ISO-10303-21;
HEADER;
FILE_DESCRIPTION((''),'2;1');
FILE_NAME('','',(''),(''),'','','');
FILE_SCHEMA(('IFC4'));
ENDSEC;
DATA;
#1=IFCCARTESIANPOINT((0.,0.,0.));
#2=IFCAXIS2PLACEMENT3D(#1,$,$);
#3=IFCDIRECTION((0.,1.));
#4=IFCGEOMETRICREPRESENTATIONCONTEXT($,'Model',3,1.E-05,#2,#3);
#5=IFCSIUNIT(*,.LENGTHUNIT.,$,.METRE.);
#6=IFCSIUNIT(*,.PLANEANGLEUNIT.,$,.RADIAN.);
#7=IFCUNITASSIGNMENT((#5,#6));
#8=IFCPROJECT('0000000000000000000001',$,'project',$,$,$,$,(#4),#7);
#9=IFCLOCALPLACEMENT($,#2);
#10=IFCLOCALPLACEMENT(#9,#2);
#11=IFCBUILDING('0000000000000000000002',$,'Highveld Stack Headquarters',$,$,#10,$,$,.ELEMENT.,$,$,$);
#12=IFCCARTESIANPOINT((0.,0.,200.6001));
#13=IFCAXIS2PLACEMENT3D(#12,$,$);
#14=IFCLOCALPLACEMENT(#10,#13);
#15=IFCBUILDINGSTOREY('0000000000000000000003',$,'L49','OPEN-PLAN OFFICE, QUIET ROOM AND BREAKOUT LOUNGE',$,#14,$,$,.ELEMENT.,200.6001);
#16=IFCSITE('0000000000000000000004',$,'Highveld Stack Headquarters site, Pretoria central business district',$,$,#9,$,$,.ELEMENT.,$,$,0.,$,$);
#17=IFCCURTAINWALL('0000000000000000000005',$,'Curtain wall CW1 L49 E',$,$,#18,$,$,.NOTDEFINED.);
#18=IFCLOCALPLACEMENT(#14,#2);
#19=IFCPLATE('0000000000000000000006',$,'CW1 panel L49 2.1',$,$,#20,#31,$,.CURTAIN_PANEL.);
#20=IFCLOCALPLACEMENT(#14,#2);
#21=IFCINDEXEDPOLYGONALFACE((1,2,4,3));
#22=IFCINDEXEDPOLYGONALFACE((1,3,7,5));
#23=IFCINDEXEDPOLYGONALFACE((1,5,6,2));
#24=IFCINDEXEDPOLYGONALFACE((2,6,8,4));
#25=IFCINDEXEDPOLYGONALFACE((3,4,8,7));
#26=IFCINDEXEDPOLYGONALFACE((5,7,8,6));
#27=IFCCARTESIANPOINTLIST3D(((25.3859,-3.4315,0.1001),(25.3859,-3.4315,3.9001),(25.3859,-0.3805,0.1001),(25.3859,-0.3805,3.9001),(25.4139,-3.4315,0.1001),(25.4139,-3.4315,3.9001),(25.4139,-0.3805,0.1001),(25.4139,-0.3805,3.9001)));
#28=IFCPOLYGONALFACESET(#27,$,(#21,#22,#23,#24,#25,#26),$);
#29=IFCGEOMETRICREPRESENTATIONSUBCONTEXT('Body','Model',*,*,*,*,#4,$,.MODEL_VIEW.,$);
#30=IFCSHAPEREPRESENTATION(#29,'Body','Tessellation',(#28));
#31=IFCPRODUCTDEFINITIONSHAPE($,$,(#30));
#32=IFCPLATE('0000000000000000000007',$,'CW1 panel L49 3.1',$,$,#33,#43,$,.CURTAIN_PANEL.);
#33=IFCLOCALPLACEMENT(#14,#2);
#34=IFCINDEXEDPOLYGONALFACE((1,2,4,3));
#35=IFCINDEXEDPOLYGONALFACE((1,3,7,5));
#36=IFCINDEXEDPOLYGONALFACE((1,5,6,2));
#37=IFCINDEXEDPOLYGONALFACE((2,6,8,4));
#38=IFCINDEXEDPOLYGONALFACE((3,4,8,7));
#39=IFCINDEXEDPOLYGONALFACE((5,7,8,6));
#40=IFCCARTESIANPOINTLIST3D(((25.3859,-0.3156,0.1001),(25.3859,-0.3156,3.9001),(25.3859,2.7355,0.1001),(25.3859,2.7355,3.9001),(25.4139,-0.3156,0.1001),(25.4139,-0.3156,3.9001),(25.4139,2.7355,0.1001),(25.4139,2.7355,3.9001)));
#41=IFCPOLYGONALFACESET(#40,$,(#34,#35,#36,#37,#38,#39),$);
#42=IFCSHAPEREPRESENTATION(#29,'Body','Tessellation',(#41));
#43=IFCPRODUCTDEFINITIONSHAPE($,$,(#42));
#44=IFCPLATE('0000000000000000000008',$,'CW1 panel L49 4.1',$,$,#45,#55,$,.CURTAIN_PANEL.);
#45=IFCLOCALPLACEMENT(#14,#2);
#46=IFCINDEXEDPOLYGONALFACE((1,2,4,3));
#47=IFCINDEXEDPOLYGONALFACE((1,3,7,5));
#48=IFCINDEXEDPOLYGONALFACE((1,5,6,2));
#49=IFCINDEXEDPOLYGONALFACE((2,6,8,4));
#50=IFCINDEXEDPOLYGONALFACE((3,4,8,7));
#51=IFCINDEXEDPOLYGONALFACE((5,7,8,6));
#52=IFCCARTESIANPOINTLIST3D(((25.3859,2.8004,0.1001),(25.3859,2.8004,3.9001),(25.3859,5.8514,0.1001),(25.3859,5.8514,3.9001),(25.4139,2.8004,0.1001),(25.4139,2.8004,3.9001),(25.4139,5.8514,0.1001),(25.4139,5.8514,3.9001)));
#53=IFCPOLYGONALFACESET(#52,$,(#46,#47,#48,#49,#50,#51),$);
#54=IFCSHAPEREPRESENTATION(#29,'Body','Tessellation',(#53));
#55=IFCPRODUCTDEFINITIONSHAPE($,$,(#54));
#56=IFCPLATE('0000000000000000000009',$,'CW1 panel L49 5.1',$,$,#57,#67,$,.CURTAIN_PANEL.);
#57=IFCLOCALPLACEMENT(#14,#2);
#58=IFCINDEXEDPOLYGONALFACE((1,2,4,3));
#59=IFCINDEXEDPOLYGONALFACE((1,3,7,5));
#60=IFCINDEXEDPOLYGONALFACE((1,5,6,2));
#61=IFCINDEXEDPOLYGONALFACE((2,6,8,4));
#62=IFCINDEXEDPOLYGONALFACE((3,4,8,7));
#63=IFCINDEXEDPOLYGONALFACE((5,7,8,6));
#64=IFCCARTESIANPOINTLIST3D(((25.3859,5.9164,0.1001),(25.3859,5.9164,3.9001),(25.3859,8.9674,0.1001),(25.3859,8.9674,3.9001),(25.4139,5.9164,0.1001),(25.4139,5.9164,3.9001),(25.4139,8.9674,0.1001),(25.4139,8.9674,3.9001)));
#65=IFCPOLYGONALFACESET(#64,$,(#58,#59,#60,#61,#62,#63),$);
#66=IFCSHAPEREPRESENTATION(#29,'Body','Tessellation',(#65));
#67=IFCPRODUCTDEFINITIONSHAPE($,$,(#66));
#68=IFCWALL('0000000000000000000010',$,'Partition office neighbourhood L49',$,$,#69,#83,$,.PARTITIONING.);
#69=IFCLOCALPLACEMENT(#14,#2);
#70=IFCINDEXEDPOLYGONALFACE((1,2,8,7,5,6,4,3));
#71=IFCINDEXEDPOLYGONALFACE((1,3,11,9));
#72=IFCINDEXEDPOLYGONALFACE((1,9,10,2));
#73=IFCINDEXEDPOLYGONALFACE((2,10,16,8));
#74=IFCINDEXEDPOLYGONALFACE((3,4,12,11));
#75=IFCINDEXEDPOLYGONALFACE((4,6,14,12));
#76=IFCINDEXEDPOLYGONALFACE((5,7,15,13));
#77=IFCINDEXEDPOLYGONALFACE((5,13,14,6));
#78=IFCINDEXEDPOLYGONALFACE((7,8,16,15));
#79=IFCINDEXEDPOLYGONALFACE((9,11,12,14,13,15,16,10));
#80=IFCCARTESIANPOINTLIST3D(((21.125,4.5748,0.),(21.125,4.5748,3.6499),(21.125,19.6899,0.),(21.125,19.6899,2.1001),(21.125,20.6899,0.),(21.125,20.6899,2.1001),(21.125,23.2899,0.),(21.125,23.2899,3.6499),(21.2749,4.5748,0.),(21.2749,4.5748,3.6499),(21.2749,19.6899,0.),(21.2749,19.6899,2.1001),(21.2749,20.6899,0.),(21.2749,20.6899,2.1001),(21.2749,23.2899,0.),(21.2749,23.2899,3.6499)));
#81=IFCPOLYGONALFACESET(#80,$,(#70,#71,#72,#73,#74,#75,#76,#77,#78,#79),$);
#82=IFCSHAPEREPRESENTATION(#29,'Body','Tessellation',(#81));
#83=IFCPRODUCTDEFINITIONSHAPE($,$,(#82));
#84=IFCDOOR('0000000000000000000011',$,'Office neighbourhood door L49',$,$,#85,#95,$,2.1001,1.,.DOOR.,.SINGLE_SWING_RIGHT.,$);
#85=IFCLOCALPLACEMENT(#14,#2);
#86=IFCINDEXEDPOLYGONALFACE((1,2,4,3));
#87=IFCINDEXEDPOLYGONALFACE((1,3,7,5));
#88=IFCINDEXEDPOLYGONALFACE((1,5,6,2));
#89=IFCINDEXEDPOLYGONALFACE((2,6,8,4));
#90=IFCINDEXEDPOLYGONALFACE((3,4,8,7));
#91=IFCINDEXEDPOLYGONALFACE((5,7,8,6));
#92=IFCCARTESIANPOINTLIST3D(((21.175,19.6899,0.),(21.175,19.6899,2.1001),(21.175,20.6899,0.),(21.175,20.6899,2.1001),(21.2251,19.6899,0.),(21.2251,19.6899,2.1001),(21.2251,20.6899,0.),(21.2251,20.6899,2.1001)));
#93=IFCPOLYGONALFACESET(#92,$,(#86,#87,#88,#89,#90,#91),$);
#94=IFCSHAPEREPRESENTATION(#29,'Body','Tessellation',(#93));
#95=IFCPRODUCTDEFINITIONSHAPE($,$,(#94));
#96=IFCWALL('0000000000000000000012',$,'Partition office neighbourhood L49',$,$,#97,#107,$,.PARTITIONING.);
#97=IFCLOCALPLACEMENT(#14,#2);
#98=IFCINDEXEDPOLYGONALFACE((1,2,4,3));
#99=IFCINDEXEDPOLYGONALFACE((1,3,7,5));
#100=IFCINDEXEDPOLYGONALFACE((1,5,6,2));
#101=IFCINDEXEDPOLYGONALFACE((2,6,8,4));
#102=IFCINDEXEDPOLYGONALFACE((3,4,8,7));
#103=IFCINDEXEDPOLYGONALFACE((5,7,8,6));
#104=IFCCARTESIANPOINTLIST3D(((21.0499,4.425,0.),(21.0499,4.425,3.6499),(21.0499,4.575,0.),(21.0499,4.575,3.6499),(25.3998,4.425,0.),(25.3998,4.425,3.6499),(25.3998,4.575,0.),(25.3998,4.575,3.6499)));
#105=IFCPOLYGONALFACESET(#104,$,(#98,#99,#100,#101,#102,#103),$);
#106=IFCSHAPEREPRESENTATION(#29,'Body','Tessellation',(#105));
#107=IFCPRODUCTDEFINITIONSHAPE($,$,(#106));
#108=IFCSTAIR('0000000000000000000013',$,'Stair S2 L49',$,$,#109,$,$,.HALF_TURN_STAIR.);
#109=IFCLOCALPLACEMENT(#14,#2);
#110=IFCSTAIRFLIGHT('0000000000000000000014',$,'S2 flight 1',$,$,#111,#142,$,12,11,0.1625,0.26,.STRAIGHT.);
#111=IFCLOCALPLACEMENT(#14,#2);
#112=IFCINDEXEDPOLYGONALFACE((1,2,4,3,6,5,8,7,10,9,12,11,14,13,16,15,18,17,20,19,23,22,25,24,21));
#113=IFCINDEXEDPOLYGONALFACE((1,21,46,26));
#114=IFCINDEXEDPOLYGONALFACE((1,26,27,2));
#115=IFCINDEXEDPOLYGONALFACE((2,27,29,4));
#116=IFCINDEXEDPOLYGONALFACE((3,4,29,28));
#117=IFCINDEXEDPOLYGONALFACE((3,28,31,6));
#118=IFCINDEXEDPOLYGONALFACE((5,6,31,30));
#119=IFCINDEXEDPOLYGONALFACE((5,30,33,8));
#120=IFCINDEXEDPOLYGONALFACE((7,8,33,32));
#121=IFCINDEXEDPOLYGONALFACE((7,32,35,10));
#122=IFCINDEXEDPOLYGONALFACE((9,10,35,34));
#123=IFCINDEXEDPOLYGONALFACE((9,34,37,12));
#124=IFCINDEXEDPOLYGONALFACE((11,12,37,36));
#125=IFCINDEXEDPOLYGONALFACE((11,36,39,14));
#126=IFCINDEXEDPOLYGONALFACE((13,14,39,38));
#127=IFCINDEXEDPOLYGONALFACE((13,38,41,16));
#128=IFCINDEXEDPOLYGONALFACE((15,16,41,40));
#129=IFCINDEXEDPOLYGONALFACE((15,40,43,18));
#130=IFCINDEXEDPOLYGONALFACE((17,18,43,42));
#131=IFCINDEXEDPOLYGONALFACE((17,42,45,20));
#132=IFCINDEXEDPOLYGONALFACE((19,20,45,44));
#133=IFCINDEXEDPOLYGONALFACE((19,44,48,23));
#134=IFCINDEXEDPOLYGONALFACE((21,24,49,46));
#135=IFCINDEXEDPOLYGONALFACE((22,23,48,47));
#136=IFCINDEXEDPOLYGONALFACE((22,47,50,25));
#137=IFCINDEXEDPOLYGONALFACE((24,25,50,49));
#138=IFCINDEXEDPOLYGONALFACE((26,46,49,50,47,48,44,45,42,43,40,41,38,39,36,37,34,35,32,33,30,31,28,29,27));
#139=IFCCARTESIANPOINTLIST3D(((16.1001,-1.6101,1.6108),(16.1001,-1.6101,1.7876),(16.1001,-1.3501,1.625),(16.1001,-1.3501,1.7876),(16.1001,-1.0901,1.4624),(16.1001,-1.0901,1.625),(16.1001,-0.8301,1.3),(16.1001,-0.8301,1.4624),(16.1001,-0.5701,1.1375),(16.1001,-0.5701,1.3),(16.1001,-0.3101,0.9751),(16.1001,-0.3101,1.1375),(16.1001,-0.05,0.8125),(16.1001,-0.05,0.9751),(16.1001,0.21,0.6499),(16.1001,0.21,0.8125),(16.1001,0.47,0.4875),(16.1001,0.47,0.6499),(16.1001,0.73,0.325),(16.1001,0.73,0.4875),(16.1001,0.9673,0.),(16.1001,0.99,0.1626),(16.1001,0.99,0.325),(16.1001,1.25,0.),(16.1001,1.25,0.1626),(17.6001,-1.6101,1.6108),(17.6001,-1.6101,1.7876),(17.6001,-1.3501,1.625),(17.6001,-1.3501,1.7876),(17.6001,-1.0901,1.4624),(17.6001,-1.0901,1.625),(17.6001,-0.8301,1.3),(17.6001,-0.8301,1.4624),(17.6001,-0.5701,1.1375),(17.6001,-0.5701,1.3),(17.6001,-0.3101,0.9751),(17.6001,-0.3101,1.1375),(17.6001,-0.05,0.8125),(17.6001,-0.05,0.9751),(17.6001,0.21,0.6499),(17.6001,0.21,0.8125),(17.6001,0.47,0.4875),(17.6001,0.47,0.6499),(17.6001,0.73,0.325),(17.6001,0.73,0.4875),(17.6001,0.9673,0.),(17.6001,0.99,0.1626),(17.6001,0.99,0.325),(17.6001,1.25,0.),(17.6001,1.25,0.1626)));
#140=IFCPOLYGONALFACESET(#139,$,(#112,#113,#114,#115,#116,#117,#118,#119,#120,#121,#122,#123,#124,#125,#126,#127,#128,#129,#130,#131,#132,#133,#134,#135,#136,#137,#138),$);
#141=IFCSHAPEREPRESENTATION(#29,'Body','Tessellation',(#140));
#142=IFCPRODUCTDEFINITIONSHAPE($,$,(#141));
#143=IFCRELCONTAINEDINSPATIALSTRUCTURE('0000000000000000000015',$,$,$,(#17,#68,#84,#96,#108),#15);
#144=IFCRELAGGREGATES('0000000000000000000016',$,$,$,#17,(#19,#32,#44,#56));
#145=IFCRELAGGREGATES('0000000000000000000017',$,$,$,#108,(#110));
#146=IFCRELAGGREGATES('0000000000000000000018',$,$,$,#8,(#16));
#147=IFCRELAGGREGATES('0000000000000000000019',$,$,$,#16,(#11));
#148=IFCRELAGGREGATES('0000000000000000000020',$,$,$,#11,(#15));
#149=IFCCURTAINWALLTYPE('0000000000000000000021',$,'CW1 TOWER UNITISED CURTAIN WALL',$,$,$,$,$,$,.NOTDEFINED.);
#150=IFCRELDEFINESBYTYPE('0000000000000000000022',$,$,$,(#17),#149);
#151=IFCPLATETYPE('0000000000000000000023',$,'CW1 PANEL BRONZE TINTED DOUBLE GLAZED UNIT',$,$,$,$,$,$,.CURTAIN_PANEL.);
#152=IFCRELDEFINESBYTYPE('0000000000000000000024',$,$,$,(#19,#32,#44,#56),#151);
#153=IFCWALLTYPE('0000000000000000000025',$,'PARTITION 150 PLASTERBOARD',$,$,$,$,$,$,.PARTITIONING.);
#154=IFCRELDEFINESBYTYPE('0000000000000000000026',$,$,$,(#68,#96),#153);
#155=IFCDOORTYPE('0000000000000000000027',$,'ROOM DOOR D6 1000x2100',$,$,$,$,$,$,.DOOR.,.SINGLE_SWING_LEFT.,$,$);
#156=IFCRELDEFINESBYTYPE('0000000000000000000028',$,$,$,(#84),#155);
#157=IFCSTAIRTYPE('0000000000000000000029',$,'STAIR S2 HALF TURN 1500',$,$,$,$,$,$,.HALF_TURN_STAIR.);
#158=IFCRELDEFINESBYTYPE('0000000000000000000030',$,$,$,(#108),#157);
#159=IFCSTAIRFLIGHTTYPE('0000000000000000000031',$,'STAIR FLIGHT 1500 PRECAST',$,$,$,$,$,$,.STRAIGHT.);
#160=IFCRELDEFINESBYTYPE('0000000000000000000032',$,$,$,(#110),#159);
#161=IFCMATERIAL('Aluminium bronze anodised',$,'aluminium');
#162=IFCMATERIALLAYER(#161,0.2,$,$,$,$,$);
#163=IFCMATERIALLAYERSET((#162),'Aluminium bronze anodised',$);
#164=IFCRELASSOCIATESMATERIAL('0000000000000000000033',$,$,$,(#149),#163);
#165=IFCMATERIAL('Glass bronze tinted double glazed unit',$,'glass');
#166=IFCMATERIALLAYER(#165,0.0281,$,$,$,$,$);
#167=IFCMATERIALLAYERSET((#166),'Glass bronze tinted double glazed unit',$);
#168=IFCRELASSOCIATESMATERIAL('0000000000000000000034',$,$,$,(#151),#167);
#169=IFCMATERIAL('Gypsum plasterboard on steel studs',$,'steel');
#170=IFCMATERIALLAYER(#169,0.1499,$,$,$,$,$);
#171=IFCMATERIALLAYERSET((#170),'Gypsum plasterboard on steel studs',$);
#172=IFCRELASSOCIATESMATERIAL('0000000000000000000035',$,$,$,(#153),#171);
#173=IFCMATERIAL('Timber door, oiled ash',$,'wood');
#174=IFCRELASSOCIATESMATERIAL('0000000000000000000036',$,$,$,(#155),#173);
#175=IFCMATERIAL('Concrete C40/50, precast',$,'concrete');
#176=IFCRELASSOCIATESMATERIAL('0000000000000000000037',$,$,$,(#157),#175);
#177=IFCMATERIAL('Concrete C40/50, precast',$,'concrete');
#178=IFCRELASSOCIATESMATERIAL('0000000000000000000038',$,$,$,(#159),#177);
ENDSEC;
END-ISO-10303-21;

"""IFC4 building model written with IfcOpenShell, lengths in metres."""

from ifc_helpers import new_model, si_unit, direction, frame, frame_2d, origin, origin_2d, place, context, subcontext, project, spatial, polyline, rectangle, outline, extrude, material, layer, layer_set, type_object, element, fill, aggregate, save


model = new_model("IFC4")

# Units and contexts
model_context = context("Model", 3, precision=1e-05, world=origin(), true_north=direction((0.0, 1.0)))
body_context = subcontext(model_context, "Body", "Model", "MODEL_VIEW")
ifc_project = project(units=[si_unit("LENGTHUNIT", "METRE"), si_unit("PLANEANGLEUNIT", "RADIAN")], contexts=[model_context])

# Site, building, storey
site_placement = place(None, origin())
site = spatial("IfcSite", under=ifc_project, at=site_placement, Name="Highveld Stack Headquarters site, Pretoria central business district", CompositionType="ELEMENT", RefElevation=0.0)
building_placement = place(site_placement, origin())
building = spatial("IfcBuilding", under=site, at=building_placement, Name="Highveld Stack Headquarters", CompositionType="ELEMENT")
storey_placement = place(building_placement, frame((0.0, 0.0, 200.6001)))
storey = spatial("IfcBuildingStorey", under=building, at=storey_placement, Name="L49", Description="OPEN-PLAN OFFICE, QUIET ROOM AND BREAKOUT LOUNGE", CompositionType="ELEMENT", Elevation=200.6001)

# Curtain wall, plates
ifc_material_1 = material(Name="Aluminium bronze anodised", Category="aluminium")
ifc_layer_1 = layer(ifc_material_1, 0.2)
ifc_layer_set_1 = layer_set([ifc_layer_1], Name="Aluminium bronze anodised")
curtain_wall_type = type_object("IfcCurtainWallType", Name="CW1 TOWER UNITISED CURTAIN WALL", PredefinedType="NOTDEFINED", material=ifc_layer_set_1)
curtain_wall_placement = place(storey_placement, origin())
curtain_wall = element("IfcCurtainWall", 1, at=curtain_wall_placement, inside=storey, type_object=curtain_wall_type, Name="Curtain wall CW1 L49 E", PredefinedType="NOTDEFINED")
ifc_material_2 = material(Name="Glass bronze tinted double glazed unit", Category="glass")
ifc_layer_2 = layer(ifc_material_2, 0.0281)
ifc_layer_set_2 = layer_set([ifc_layer_2], Name="Glass bronze tinted double glazed unit")
plate_type = type_object("IfcPlateType", Name="CW1 PANEL BRONZE TINTED DOUBLE GLAZED UNIT", PredefinedType="CURTAIN_PANEL", material=ifc_layer_set_2)
plate_1_placement = place(storey_placement, frame((25.3999, -1.906, 0.1001), z_axis=(0.0, 0.0, 1.0), x_axis=(0.0, 1.0, 0.0)))
plate_1 = element("IfcPlate", 2, at=plate_1_placement, type_object=plate_type, Name="CW1 panel L49 2.1", PredefinedType="CURTAIN_PANEL", context=body_context, shape_type="SweptSolid", body=[
    extrude(rectangle(XDim=3.051, YDim=0.0281, at=origin_2d()), origin(), (0.0, 0.0, 1.0), 3.8),
])
plate_2_placement = place(storey_placement, frame((25.3999, 1.21, 0.1001), z_axis=(0.0, 0.0, 1.0), x_axis=(0.0, 1.0, 0.0)))
plate_2 = element("IfcPlate", 3, at=plate_2_placement, type_object=plate_type, Name="CW1 panel L49 3.1", PredefinedType="CURTAIN_PANEL", context=body_context, shape_type="SweptSolid", body=[
    extrude(rectangle(XDim=3.051, YDim=0.0281, at=origin_2d()), origin(), (0.0, 0.0, 1.0), 3.8),
])
plate_3_placement = place(storey_placement, frame((25.3999, 4.3259, 0.1001), z_axis=(0.0, 0.0, 1.0), x_axis=(0.0, 1.0, 0.0)))
plate_3 = element("IfcPlate", 4, at=plate_3_placement, type_object=plate_type, Name="CW1 panel L49 4.1", PredefinedType="CURTAIN_PANEL", context=body_context, shape_type="SweptSolid", body=[
    extrude(rectangle(XDim=3.051, YDim=0.0281, at=origin_2d()), origin(), (0.0, 0.0, 1.0), 3.8),
])
plate_4_placement = place(storey_placement, frame((25.3999, 7.4419, 0.1001), z_axis=(0.0, 0.0, 1.0), x_axis=(0.0, 1.0, 0.0)))
plate_4 = element("IfcPlate", 5, at=plate_4_placement, type_object=plate_type, Name="CW1 panel L49 5.1", PredefinedType="CURTAIN_PANEL", context=body_context, shape_type="SweptSolid", body=[
    extrude(rectangle(XDim=3.051, YDim=0.0281, at=origin_2d()), origin(), (0.0, 0.0, 1.0), 3.8),
])
aggregate(curtain_wall, [plate_1, plate_2, plate_3, plate_4])

# Wall, opening, door
ifc_material_3 = material(Name="Gypsum plasterboard on steel studs", Category="steel")
ifc_layer_3 = layer(ifc_material_3, 0.1499)
ifc_layer_set_3 = layer_set([ifc_layer_3], Name="Gypsum plasterboard on steel studs")
wall_type = type_object("IfcWallType", Name="PARTITION 150 PLASTERBOARD", PredefinedType="PARTITIONING", material=ifc_layer_set_3)
wall_1_placement = place(storey_placement, frame((21.2, 4.575, 0.0), z_axis=(0.0, 0.0, 1.0), x_axis=(0.0, 1.0, 0.0)))
wall_1 = element("IfcWall", 6, at=wall_1_placement, inside=storey, type_object=wall_type, Name="Partition office neighbourhood L49", PredefinedType="PARTITIONING", context=body_context, shape_type="SweptSolid", body=[
    extrude(rectangle(XDim=18.7151, YDim=0.1499, at=frame_2d((9.3574, 0.0))), origin(), (0.0, 0.0, 1.0), 3.6499),
])
opening_placement = place(wall_1_placement, frame((15.115, 0.0, 0.0)))
opening = element("IfcOpeningElement", 7, at=opening_placement, cuts=wall_1, PredefinedType="OPENING", context=body_context, shape_type="SweptSolid", body=[
    extrude(rectangle(XDim=1.0, YDim=2.1001, at=frame_2d((0.5, 1.05))), frame((0.0, 0.085, 0.0), z_axis=(0.0, -1.0, 0.0), x_axis=(1.0, 0.0, 0.0)), (0.0, 0.0, 1.0), 0.1699),
])
ifc_material_4 = material(Name="Timber door, oiled ash", Category="wood")
door_type = type_object("IfcDoorType", Name="ROOM DOOR D6 1000x2100", OperationType="SINGLE_SWING_LEFT", PredefinedType="DOOR", material=ifc_material_4)
door_placement = place(opening_placement, origin())
door = element("IfcDoor", 8, at=door_placement, inside=storey, type_object=door_type, Name="Office neighbourhood door L49", OperationType="SINGLE_SWING_RIGHT", OverallHeight=2.1001, OverallWidth=1.0, PredefinedType="DOOR", context=body_context, shape_type="SweptSolid", body=[
    extrude(rectangle(XDim=1.0, YDim=2.1001, at=frame_2d((0.5, 1.05))), frame((0.0, 0.0249, 0.0), z_axis=(0.0, -1.0, 0.0), x_axis=(1.0, 0.0, 0.0)), (0.0, 0.0, 1.0), 0.05),
])
fill(opening, door)

# Wall
wall_2_placement = place(storey_placement, frame((21.05, 4.5, 0.0), z_axis=(0.0, 0.0, 1.0), x_axis=(1.0, 0.0, 0.0)))
element("IfcWall", 9, at=wall_2_placement, inside=storey, type_object=wall_type, Name="Partition office neighbourhood L49", PredefinedType="PARTITIONING", context=body_context, shape_type="SweptSolid", body=[
    extrude(rectangle(XDim=4.3499, YDim=0.1499, at=frame_2d((2.1748, 0.0))), origin(), (0.0, 0.0, 1.0), 3.6499),
])

# Stair, stair flight
ifc_material_5 = material(Name="Concrete C40/50, precast", Category="concrete")
stair_type = type_object("IfcStairType", Name="STAIR S2 HALF TURN 1500", PredefinedType="HALF_TURN_STAIR", material=ifc_material_5)
stair_placement = place(storey_placement, origin())
stair = element("IfcStair", 10, at=stair_placement, inside=storey, type_object=stair_type, Name="Stair S2 L49", PredefinedType="HALF_TURN_STAIR")
ifc_material_6 = material(Name="Concrete C40/50, precast", Category="concrete")
stair_flight_type = type_object("IfcStairFlightType", Name="STAIR FLIGHT 1500 PRECAST", PredefinedType="STRAIGHT", material=ifc_material_6)
stair_flight_placement = place(storey_placement, frame((16.8501, 1.25, 0.0), z_axis=(0.0, 0.0, 1.0), x_axis=(0.0, -1.0, 0.0)))
stair_flight = element("IfcStairFlight", 11, at=stair_flight_placement, type_object=stair_flight_type, Name="S2 flight 1", NumberOfRisers=12, NumberOfTreads=11, PredefinedType="STRAIGHT", RiserHeight=0.1625, TreadLength=0.26, context=body_context, shape_type="SweptSolid", body=[
    extrude(outline(polyline([(0.0, 0.0), (0.0, 0.1626), (0.26, 0.1626), (0.26, 0.325), (0.52, 0.325), (0.52, 0.4875), (0.78, 0.4875), (0.78, 0.6499), (1.04, 0.6499), (1.04, 0.8125), (1.3, 0.8125), (1.3, 0.9751), (1.5601, 0.9751), (1.5601, 1.1375), (1.8201, 1.1375), (1.8201, 1.3), (2.0801, 1.3), (2.0801, 1.4624), (2.3401, 1.4624), (2.3401, 1.625), (2.6001, 1.625), (2.6001, 1.7876), (2.8601, 1.7876), (2.8601, 1.95), (2.8601, 1.6108), (0.2827, 0.0), (0.0, 0.0)])), frame((0.0, 0.75, 0.0), z_axis=(0.0, -1.0, 0.0), x_axis=(1.0, 0.0, 0.0)), (0.0, 0.0, 1.0), 1.5),
])
aggregate(stair, [stair_flight])

save(model, "model.ifc")
